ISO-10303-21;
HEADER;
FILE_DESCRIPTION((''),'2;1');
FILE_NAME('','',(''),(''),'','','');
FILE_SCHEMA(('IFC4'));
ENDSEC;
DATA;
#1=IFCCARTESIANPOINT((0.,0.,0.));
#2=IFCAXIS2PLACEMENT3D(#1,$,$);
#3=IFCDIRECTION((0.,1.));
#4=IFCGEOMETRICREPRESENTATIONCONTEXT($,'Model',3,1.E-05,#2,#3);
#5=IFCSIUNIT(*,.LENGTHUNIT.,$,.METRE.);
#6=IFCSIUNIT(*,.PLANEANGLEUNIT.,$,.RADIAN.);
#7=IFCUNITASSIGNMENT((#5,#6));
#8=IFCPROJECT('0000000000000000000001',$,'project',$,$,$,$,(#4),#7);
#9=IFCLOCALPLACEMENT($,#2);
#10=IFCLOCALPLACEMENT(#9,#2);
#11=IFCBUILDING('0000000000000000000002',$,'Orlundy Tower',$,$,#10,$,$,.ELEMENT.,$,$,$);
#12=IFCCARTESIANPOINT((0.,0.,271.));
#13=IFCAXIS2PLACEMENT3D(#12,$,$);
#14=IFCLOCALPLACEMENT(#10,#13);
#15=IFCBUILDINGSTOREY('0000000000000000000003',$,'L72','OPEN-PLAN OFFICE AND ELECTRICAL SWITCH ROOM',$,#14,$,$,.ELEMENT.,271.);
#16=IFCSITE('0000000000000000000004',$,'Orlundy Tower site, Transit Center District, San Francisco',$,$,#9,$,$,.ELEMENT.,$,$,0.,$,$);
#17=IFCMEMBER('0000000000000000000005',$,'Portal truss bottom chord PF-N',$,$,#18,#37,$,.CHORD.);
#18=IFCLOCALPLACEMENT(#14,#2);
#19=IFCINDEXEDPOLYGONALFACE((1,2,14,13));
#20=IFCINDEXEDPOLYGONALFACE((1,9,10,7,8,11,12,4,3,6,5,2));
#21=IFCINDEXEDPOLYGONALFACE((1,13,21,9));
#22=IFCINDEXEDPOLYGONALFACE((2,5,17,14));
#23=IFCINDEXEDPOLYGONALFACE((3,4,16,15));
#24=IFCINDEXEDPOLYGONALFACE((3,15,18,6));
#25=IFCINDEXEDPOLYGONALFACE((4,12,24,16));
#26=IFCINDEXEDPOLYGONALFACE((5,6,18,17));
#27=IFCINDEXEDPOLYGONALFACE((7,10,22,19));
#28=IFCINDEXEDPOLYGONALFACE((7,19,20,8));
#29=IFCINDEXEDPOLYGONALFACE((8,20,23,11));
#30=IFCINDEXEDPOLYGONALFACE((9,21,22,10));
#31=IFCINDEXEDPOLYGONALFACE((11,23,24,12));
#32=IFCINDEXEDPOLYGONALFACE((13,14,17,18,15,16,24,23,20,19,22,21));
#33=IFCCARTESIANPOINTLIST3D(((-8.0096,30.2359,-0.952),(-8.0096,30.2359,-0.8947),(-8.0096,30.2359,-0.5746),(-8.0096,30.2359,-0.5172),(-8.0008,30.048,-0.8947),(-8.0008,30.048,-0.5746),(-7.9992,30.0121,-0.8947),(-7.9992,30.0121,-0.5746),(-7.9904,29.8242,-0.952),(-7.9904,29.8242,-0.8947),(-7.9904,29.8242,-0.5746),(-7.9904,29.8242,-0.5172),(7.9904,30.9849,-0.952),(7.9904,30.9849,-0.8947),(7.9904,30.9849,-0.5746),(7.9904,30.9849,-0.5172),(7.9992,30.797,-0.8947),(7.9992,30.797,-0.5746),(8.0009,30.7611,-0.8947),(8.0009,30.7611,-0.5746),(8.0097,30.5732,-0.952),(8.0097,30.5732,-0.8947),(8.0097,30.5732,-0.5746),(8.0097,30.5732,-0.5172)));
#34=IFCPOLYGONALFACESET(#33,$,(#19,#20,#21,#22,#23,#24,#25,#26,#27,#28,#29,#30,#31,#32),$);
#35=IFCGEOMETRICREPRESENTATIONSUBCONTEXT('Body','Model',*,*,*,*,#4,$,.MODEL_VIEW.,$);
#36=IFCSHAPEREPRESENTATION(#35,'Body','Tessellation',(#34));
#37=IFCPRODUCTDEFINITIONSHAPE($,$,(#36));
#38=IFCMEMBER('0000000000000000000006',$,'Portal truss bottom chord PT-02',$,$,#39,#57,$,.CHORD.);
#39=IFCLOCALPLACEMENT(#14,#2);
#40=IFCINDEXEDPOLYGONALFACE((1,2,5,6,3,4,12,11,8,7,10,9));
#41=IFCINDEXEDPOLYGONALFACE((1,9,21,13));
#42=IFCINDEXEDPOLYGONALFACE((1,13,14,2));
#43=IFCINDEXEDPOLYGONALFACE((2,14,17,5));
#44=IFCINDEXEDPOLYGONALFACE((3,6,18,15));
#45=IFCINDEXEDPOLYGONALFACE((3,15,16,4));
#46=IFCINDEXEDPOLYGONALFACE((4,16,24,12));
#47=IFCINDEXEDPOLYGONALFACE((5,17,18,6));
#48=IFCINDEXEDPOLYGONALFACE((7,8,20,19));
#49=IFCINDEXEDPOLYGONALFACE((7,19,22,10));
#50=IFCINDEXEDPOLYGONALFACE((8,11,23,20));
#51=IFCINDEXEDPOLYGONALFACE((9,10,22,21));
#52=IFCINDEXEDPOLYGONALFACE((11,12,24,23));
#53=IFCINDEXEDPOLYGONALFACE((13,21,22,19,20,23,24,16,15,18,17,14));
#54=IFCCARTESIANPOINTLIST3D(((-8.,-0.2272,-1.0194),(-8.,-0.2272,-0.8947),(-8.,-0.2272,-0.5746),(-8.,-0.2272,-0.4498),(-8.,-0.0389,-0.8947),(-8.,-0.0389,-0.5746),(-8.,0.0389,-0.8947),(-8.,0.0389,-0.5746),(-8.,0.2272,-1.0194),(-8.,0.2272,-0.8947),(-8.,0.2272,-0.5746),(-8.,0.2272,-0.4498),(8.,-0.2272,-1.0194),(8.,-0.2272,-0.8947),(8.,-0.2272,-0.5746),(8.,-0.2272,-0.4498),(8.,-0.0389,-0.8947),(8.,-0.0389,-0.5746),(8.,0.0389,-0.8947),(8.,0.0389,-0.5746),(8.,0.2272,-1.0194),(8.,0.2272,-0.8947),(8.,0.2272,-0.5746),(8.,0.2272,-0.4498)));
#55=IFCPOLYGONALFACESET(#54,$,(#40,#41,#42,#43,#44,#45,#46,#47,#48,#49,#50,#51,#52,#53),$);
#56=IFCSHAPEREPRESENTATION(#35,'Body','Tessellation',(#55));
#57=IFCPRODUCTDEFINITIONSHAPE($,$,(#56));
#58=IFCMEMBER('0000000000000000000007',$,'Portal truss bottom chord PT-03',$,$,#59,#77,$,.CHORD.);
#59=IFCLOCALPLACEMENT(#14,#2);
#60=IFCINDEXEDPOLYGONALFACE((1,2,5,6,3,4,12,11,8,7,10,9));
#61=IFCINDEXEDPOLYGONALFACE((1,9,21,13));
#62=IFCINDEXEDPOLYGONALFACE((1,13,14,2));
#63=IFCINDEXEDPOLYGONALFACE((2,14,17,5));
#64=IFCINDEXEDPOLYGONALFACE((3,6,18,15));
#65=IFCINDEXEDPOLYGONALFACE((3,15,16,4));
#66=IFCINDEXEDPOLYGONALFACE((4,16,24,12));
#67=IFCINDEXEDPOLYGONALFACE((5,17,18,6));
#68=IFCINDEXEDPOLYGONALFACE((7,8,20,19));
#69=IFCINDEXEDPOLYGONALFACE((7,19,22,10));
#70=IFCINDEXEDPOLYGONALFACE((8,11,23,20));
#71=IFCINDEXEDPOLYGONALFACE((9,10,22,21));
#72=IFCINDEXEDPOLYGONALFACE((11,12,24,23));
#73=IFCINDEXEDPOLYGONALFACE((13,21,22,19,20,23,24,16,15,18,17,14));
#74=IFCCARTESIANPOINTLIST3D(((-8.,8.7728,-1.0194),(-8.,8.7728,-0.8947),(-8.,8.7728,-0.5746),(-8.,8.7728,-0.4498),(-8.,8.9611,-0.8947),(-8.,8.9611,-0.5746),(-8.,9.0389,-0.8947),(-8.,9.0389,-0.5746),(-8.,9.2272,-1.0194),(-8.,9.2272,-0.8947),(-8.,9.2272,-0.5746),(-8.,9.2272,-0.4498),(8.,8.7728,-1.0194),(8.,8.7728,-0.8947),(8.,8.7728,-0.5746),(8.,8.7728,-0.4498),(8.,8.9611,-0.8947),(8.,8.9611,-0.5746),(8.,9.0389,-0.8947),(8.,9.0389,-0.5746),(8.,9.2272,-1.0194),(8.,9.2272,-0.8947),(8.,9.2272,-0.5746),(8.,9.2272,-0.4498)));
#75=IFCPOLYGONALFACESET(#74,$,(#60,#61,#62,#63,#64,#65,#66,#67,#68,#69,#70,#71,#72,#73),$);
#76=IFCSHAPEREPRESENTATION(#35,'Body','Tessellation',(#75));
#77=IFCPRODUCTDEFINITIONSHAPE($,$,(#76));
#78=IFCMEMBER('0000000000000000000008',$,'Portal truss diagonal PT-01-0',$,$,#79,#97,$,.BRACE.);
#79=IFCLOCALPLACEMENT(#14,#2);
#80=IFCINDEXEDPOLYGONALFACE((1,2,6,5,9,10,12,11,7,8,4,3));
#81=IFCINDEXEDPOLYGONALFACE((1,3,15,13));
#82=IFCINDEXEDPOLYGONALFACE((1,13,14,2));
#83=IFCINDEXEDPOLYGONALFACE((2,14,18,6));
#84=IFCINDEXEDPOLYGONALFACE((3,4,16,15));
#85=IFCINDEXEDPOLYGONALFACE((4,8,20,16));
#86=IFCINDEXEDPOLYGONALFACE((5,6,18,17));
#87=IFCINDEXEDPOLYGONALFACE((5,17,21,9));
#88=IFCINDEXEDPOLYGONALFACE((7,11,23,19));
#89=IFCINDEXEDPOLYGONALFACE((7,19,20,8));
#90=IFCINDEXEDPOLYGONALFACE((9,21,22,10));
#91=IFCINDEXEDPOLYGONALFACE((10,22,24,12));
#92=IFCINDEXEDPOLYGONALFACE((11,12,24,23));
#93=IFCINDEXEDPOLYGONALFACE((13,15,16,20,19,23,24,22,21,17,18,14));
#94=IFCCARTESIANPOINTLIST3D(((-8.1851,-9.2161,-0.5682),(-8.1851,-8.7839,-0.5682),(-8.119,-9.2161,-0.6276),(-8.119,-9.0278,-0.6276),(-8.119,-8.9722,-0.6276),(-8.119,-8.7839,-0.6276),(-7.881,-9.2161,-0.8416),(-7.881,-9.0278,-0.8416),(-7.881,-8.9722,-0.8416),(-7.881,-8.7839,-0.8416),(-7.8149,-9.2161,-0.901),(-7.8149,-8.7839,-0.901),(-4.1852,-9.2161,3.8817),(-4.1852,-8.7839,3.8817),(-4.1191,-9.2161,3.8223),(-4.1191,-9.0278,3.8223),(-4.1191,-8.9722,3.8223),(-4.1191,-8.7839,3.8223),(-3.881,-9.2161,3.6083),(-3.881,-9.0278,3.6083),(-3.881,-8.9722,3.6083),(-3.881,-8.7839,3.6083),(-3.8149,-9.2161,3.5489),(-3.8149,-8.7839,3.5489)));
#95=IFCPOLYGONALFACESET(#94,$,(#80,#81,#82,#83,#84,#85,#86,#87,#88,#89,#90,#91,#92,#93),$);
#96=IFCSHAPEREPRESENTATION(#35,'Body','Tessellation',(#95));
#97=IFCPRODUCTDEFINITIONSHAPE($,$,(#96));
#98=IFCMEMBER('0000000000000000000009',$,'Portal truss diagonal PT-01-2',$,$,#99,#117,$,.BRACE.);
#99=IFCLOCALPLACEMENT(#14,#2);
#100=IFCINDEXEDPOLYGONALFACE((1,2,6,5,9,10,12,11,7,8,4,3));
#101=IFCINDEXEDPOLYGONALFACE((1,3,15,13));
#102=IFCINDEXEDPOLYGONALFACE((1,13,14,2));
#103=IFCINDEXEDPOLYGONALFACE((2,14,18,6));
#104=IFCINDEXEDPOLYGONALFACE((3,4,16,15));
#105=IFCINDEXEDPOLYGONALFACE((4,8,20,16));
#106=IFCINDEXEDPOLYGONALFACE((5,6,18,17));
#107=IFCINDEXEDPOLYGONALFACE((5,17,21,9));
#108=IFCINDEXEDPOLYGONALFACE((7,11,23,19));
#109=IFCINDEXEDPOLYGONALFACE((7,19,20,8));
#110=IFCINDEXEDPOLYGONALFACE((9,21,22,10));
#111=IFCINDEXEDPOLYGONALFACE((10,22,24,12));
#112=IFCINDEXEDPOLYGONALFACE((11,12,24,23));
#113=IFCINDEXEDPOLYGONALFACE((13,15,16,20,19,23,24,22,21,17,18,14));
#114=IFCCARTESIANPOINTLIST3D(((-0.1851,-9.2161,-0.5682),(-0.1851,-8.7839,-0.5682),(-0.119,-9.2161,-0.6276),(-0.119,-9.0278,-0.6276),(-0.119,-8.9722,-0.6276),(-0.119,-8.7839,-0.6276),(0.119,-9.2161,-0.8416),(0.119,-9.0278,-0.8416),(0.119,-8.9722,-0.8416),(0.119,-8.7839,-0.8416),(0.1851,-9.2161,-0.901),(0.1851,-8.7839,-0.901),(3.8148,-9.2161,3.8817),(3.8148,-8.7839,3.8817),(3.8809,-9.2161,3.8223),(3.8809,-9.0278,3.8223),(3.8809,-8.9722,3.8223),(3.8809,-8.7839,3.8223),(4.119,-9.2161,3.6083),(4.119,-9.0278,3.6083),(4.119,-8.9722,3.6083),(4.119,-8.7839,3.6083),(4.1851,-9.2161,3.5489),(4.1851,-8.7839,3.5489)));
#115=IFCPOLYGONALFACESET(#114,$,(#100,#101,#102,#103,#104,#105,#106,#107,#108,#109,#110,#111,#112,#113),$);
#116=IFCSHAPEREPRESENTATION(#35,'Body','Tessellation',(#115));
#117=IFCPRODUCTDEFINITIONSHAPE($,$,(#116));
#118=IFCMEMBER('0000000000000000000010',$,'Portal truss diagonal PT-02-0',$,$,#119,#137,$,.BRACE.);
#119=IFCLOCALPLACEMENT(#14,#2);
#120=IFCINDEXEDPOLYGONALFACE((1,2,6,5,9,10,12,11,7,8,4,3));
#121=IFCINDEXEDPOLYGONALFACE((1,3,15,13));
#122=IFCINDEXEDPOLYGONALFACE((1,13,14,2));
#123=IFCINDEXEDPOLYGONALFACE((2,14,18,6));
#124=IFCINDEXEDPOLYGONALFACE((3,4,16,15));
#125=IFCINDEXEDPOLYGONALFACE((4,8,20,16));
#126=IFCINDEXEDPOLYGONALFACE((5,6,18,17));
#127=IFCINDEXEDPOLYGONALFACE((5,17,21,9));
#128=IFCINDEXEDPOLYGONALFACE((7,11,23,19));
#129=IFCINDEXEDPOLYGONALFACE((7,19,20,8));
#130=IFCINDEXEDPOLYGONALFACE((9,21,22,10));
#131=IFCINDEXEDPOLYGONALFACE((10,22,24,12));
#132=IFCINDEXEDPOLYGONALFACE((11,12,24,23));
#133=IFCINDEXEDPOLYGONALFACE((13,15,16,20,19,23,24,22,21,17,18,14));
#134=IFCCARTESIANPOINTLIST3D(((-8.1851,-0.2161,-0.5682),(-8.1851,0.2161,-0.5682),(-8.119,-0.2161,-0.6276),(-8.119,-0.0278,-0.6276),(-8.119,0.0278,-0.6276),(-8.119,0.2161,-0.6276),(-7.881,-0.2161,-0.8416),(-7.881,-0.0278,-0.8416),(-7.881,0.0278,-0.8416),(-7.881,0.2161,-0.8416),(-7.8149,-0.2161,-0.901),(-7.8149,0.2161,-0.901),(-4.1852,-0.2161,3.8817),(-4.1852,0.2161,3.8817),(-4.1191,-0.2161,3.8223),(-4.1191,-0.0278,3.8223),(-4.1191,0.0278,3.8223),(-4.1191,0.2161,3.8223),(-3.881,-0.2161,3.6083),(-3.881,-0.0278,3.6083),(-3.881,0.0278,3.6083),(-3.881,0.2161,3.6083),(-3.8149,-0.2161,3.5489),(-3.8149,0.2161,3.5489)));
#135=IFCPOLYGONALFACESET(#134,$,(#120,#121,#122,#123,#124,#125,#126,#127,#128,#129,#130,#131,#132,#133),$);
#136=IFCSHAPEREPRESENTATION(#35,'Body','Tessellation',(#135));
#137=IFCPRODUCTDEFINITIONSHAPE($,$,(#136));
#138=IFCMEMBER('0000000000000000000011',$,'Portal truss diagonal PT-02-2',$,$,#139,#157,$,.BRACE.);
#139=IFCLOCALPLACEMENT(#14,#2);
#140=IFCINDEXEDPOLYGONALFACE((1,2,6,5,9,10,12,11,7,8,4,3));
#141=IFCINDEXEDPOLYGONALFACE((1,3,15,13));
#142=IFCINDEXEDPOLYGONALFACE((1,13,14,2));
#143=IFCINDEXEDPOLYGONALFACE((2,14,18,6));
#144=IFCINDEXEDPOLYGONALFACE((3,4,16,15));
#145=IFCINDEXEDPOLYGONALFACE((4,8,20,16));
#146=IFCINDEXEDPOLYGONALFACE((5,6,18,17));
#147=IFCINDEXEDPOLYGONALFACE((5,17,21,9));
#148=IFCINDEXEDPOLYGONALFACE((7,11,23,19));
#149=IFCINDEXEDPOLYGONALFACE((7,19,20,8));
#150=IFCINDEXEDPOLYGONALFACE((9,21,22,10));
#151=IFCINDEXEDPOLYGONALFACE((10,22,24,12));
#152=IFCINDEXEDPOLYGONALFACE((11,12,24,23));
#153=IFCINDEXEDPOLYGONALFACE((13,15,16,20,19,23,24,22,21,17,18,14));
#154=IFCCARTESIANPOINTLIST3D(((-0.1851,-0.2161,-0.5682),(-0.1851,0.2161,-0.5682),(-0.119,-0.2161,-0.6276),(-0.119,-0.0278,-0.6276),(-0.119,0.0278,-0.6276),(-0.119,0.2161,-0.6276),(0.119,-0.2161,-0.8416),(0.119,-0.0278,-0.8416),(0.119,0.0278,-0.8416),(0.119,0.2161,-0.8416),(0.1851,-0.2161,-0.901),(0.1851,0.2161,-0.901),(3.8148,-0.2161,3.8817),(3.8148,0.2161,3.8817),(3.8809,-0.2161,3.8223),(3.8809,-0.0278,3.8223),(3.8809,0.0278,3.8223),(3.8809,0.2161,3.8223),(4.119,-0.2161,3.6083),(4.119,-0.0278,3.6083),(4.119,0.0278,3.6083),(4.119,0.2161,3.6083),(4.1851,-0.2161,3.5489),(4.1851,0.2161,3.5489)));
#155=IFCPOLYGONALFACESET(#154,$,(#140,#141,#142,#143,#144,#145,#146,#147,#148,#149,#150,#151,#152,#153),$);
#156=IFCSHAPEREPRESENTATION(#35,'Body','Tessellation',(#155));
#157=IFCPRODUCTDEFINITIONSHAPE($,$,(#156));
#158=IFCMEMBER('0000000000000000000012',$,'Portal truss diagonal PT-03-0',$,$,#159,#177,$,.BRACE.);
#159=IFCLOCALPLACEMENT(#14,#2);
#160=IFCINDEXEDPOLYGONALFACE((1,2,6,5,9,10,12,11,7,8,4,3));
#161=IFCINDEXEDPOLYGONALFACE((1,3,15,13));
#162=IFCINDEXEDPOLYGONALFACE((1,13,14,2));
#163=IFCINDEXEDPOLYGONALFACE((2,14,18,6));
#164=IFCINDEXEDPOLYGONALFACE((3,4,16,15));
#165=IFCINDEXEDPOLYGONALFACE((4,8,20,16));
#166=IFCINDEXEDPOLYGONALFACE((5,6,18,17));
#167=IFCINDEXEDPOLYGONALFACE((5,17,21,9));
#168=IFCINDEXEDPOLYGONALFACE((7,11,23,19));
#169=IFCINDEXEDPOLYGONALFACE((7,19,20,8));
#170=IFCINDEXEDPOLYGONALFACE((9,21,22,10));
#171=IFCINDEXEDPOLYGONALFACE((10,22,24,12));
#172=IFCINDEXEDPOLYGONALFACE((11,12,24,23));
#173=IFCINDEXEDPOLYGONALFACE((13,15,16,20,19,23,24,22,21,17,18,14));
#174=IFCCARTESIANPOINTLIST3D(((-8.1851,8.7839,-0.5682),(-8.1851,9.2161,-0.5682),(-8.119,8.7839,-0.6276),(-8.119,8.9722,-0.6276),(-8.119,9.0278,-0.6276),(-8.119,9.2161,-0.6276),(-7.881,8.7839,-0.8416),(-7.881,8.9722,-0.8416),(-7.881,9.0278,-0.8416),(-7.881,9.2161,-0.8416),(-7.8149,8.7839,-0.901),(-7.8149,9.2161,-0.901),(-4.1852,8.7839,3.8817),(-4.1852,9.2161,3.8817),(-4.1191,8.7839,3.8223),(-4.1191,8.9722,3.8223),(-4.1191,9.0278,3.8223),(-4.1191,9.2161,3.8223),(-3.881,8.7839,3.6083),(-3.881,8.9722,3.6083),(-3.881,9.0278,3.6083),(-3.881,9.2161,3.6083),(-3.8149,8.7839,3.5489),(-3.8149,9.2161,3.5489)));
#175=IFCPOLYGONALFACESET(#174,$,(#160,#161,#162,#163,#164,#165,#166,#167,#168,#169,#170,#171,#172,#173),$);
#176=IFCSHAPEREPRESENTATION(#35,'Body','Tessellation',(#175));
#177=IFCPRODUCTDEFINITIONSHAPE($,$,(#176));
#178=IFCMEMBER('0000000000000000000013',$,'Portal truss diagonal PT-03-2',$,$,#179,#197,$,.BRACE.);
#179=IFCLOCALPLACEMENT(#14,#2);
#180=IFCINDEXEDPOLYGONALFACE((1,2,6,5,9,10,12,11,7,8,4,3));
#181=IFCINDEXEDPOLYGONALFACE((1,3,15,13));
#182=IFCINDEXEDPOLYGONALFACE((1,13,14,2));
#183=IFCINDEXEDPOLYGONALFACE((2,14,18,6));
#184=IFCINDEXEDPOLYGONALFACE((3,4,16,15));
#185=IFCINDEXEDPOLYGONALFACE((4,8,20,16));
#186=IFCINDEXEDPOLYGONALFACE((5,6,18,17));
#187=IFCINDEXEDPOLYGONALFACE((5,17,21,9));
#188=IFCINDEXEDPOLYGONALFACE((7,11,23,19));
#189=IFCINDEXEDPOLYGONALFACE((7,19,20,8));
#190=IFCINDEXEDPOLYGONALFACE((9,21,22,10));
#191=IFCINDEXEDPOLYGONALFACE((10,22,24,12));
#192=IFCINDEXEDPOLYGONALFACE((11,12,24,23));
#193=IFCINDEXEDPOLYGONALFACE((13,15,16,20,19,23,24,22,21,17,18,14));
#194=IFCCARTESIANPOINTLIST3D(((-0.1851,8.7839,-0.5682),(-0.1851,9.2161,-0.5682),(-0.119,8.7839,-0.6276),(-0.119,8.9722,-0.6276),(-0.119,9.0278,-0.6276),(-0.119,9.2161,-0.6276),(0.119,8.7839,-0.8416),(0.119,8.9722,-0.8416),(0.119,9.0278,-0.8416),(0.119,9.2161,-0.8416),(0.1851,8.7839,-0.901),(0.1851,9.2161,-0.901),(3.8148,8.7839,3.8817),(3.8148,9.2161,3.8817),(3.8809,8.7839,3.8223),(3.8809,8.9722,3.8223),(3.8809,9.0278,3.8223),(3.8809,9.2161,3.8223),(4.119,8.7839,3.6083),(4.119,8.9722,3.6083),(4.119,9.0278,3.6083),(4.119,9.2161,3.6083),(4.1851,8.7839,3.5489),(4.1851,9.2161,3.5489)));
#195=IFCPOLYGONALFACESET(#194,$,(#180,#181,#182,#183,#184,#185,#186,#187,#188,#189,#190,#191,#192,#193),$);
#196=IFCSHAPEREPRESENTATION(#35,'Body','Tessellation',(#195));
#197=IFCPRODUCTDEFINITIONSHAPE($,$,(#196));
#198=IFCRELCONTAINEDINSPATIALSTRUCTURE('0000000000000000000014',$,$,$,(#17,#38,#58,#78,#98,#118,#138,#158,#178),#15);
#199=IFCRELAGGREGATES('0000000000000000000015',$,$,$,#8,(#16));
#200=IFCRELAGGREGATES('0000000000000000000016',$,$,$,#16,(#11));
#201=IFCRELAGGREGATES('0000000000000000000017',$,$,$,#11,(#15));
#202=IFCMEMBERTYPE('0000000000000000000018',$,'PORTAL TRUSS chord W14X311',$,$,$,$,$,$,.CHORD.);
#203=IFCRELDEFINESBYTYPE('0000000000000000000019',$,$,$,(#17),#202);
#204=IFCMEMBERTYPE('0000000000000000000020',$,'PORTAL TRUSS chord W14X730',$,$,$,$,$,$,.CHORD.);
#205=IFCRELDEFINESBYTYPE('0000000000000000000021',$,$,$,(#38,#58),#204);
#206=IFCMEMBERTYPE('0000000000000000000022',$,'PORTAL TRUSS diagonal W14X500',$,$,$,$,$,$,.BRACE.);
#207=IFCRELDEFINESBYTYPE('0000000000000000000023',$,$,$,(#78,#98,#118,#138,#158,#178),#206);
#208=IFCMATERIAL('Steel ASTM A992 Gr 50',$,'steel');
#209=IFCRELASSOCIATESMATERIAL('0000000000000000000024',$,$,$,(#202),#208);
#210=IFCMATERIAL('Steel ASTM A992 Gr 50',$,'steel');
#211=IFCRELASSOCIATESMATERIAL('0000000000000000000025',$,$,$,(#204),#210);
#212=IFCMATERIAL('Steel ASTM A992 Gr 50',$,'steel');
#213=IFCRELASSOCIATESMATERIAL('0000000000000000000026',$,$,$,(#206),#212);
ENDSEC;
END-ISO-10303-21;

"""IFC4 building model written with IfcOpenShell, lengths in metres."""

from ifc_helpers import new_model, si_unit, direction, frame, origin, origin_2d, place, context, subcontext, project, spatial, i_section, extrude, material, material_profile, profile_set, type_object, element, save


model = new_model("IFC4")

# Units and contexts
model_context = context("Model", 3, precision=1e-05, world=origin(), true_north=direction((0.0, 1.0)))
body_context = subcontext(model_context, "Body", "Model", "MODEL_VIEW")
ifc_project = project(units=[si_unit("LENGTHUNIT", "METRE"), si_unit("PLANEANGLEUNIT", "RADIAN")], contexts=[model_context])

# Site, building, storey
site_placement = place(None, origin())
site = spatial("IfcSite", under=ifc_project, at=site_placement, Name="Orlundy Tower site, Transit Center District, San Francisco", CompositionType="ELEMENT", RefElevation=0.0)
building_placement = place(site_placement, origin())
building = spatial("IfcBuilding", under=site, at=building_placement, Name="Orlundy Tower", CompositionType="ELEMENT")
storey_placement = place(building_placement, frame((0.0, 0.0, 271.0)))
storey = spatial("IfcBuildingStorey", under=building, at=storey_placement, Name="L72", Description="OPEN-PLAN OFFICE AND ELECTRICAL SWITCH ROOM", CompositionType="ELEMENT", Elevation=271.0)

# Members
ifc_material_1 = material(Name="Steel ASTM A992 Gr 50", Category="steel")
ifc_material_profile_1 = material_profile(ifc_material_1, i_section(OverallWidth=0.4121, OverallDepth=0.4348, WebThickness=0.0359, FlangeThickness=0.0574, at=origin_2d()), Name="W14X311")
ifc_profile_set_1 = profile_set([ifc_material_profile_1], Name="Steel ASTM A992 Gr 50")
member_type_1 = type_object("IfcMemberType", Name="PORTAL TRUSS chord W14X311", PredefinedType="CHORD", material=ifc_profile_set_1)
member_1_placement = place(storey_placement, frame((-8.0, 30.03, -0.7346), z_axis=(0.998906, 0.046763, 0.0), x_axis=(-0.046763, 0.998906, 0.0)))
element("IfcMember", 1, at=member_1_placement, inside=storey, type_object=member_type_1, Name="Portal truss bottom chord PF-N", PredefinedType="CHORD", context=body_context, shape_type="SweptSolid", body=[
    extrude(i_section(OverallWidth=0.4121, OverallDepth=0.4348, WebThickness=0.0359, FlangeThickness=0.0574, at=origin_2d()), origin(), (0.0, 0.0, 1.0), 16.0176),
])
ifc_material_2 = material(Name="Steel ASTM A992 Gr 50", Category="steel")
ifc_material_profile_2 = material_profile(ifc_material_2, i_section(OverallWidth=0.4543, OverallDepth=0.5696, WebThickness=0.0779, FlangeThickness=0.1248, at=origin_2d()), Name="W14X730")
ifc_profile_set_2 = profile_set([ifc_material_profile_2], Name="Steel ASTM A992 Gr 50")
member_type_2 = type_object("IfcMemberType", Name="PORTAL TRUSS chord W14X730", PredefinedType="CHORD", material=ifc_profile_set_2)
for number, where, z_axis, x_axis, name in (
    (2, (-8.0, 0.0, -0.7346), (1.0, 0.0, 0.0), (0.0, 1.0, 0.0), "Portal truss bottom chord PT-02"),
    (3, (-8.0, 9.0, -0.7346), (1.0, 0.0, 0.0), (0.0, 1.0, 0.0), "Portal truss bottom chord PT-03"),
):
    element("IfcMember", number, at=place(storey_placement, frame(where, z_axis=z_axis, x_axis=x_axis)), inside=storey, type_object=member_type_2, Name=name, PredefinedType="CHORD", context=body_context, shape_type="SweptSolid", body=[
        extrude(i_section(OverallWidth=0.4543, OverallDepth=0.5696, WebThickness=0.0779, FlangeThickness=0.1248, at=origin_2d()), origin(), (0.0, 0.0, 1.0), 16.0),
    ])
ifc_material_3 = material(Name="Steel ASTM A992 Gr 50", Category="steel")
ifc_material_profile_3 = material_profile(ifc_material_3, i_section(OverallWidth=0.4321, OverallDepth=0.4978, WebThickness=0.0557, FlangeThickness=0.0889, at=origin_2d()), Name="W14X500")
ifc_profile_set_3 = profile_set([ifc_material_profile_3], Name="Steel ASTM A992 Gr 50")
member_type_3 = type_object("IfcMemberType", Name="PORTAL TRUSS diagonal W14X500", PredefinedType="BRACE", material=ifc_profile_set_3)
for number, where, z_axis, x_axis, name in (
    (4, (-8.0, -9.0, -0.7346), (0.668507, 0.0, 0.743706), (0.0, 1.0, 0.0), "Portal truss diagonal PT-01-0"),
    (5, (0.0, -9.0, -0.7346), (0.668507, 0.0, 0.743706), (0.0, 1.0, 0.0), "Portal truss diagonal PT-01-2"),
    (6, (-8.0, 0.0, -0.7346), (0.668507, 0.0, 0.743706), (0.0, 1.0, 0.0), "Portal truss diagonal PT-02-0"),
    (7, (0.0, 0.0, -0.7346), (0.668507, 0.0, 0.743706), (0.0, 1.0, 0.0), "Portal truss diagonal PT-02-2"),
    (8, (-8.0, 9.0, -0.7346), (0.668507, 0.0, 0.743706), (0.0, 1.0, 0.0), "Portal truss diagonal PT-03-0"),
    (9, (0.0, 9.0, -0.7346), (0.668507, 0.0, 0.743706), (0.0, 1.0, 0.0), "Portal truss diagonal PT-03-2"),
):
    element("IfcMember", number, at=place(storey_placement, frame(where, z_axis=z_axis, x_axis=x_axis)), inside=storey, type_object=member_type_3, Name=name, PredefinedType="BRACE", context=body_context, shape_type="SweptSolid", body=[
        extrude(i_section(OverallWidth=0.4321, OverallDepth=0.4978, WebThickness=0.0557, FlangeThickness=0.0889, at=origin_2d()), origin(), (0.0, 0.0, 1.0), 5.9834),
    ])

save(model, "model.ifc")
